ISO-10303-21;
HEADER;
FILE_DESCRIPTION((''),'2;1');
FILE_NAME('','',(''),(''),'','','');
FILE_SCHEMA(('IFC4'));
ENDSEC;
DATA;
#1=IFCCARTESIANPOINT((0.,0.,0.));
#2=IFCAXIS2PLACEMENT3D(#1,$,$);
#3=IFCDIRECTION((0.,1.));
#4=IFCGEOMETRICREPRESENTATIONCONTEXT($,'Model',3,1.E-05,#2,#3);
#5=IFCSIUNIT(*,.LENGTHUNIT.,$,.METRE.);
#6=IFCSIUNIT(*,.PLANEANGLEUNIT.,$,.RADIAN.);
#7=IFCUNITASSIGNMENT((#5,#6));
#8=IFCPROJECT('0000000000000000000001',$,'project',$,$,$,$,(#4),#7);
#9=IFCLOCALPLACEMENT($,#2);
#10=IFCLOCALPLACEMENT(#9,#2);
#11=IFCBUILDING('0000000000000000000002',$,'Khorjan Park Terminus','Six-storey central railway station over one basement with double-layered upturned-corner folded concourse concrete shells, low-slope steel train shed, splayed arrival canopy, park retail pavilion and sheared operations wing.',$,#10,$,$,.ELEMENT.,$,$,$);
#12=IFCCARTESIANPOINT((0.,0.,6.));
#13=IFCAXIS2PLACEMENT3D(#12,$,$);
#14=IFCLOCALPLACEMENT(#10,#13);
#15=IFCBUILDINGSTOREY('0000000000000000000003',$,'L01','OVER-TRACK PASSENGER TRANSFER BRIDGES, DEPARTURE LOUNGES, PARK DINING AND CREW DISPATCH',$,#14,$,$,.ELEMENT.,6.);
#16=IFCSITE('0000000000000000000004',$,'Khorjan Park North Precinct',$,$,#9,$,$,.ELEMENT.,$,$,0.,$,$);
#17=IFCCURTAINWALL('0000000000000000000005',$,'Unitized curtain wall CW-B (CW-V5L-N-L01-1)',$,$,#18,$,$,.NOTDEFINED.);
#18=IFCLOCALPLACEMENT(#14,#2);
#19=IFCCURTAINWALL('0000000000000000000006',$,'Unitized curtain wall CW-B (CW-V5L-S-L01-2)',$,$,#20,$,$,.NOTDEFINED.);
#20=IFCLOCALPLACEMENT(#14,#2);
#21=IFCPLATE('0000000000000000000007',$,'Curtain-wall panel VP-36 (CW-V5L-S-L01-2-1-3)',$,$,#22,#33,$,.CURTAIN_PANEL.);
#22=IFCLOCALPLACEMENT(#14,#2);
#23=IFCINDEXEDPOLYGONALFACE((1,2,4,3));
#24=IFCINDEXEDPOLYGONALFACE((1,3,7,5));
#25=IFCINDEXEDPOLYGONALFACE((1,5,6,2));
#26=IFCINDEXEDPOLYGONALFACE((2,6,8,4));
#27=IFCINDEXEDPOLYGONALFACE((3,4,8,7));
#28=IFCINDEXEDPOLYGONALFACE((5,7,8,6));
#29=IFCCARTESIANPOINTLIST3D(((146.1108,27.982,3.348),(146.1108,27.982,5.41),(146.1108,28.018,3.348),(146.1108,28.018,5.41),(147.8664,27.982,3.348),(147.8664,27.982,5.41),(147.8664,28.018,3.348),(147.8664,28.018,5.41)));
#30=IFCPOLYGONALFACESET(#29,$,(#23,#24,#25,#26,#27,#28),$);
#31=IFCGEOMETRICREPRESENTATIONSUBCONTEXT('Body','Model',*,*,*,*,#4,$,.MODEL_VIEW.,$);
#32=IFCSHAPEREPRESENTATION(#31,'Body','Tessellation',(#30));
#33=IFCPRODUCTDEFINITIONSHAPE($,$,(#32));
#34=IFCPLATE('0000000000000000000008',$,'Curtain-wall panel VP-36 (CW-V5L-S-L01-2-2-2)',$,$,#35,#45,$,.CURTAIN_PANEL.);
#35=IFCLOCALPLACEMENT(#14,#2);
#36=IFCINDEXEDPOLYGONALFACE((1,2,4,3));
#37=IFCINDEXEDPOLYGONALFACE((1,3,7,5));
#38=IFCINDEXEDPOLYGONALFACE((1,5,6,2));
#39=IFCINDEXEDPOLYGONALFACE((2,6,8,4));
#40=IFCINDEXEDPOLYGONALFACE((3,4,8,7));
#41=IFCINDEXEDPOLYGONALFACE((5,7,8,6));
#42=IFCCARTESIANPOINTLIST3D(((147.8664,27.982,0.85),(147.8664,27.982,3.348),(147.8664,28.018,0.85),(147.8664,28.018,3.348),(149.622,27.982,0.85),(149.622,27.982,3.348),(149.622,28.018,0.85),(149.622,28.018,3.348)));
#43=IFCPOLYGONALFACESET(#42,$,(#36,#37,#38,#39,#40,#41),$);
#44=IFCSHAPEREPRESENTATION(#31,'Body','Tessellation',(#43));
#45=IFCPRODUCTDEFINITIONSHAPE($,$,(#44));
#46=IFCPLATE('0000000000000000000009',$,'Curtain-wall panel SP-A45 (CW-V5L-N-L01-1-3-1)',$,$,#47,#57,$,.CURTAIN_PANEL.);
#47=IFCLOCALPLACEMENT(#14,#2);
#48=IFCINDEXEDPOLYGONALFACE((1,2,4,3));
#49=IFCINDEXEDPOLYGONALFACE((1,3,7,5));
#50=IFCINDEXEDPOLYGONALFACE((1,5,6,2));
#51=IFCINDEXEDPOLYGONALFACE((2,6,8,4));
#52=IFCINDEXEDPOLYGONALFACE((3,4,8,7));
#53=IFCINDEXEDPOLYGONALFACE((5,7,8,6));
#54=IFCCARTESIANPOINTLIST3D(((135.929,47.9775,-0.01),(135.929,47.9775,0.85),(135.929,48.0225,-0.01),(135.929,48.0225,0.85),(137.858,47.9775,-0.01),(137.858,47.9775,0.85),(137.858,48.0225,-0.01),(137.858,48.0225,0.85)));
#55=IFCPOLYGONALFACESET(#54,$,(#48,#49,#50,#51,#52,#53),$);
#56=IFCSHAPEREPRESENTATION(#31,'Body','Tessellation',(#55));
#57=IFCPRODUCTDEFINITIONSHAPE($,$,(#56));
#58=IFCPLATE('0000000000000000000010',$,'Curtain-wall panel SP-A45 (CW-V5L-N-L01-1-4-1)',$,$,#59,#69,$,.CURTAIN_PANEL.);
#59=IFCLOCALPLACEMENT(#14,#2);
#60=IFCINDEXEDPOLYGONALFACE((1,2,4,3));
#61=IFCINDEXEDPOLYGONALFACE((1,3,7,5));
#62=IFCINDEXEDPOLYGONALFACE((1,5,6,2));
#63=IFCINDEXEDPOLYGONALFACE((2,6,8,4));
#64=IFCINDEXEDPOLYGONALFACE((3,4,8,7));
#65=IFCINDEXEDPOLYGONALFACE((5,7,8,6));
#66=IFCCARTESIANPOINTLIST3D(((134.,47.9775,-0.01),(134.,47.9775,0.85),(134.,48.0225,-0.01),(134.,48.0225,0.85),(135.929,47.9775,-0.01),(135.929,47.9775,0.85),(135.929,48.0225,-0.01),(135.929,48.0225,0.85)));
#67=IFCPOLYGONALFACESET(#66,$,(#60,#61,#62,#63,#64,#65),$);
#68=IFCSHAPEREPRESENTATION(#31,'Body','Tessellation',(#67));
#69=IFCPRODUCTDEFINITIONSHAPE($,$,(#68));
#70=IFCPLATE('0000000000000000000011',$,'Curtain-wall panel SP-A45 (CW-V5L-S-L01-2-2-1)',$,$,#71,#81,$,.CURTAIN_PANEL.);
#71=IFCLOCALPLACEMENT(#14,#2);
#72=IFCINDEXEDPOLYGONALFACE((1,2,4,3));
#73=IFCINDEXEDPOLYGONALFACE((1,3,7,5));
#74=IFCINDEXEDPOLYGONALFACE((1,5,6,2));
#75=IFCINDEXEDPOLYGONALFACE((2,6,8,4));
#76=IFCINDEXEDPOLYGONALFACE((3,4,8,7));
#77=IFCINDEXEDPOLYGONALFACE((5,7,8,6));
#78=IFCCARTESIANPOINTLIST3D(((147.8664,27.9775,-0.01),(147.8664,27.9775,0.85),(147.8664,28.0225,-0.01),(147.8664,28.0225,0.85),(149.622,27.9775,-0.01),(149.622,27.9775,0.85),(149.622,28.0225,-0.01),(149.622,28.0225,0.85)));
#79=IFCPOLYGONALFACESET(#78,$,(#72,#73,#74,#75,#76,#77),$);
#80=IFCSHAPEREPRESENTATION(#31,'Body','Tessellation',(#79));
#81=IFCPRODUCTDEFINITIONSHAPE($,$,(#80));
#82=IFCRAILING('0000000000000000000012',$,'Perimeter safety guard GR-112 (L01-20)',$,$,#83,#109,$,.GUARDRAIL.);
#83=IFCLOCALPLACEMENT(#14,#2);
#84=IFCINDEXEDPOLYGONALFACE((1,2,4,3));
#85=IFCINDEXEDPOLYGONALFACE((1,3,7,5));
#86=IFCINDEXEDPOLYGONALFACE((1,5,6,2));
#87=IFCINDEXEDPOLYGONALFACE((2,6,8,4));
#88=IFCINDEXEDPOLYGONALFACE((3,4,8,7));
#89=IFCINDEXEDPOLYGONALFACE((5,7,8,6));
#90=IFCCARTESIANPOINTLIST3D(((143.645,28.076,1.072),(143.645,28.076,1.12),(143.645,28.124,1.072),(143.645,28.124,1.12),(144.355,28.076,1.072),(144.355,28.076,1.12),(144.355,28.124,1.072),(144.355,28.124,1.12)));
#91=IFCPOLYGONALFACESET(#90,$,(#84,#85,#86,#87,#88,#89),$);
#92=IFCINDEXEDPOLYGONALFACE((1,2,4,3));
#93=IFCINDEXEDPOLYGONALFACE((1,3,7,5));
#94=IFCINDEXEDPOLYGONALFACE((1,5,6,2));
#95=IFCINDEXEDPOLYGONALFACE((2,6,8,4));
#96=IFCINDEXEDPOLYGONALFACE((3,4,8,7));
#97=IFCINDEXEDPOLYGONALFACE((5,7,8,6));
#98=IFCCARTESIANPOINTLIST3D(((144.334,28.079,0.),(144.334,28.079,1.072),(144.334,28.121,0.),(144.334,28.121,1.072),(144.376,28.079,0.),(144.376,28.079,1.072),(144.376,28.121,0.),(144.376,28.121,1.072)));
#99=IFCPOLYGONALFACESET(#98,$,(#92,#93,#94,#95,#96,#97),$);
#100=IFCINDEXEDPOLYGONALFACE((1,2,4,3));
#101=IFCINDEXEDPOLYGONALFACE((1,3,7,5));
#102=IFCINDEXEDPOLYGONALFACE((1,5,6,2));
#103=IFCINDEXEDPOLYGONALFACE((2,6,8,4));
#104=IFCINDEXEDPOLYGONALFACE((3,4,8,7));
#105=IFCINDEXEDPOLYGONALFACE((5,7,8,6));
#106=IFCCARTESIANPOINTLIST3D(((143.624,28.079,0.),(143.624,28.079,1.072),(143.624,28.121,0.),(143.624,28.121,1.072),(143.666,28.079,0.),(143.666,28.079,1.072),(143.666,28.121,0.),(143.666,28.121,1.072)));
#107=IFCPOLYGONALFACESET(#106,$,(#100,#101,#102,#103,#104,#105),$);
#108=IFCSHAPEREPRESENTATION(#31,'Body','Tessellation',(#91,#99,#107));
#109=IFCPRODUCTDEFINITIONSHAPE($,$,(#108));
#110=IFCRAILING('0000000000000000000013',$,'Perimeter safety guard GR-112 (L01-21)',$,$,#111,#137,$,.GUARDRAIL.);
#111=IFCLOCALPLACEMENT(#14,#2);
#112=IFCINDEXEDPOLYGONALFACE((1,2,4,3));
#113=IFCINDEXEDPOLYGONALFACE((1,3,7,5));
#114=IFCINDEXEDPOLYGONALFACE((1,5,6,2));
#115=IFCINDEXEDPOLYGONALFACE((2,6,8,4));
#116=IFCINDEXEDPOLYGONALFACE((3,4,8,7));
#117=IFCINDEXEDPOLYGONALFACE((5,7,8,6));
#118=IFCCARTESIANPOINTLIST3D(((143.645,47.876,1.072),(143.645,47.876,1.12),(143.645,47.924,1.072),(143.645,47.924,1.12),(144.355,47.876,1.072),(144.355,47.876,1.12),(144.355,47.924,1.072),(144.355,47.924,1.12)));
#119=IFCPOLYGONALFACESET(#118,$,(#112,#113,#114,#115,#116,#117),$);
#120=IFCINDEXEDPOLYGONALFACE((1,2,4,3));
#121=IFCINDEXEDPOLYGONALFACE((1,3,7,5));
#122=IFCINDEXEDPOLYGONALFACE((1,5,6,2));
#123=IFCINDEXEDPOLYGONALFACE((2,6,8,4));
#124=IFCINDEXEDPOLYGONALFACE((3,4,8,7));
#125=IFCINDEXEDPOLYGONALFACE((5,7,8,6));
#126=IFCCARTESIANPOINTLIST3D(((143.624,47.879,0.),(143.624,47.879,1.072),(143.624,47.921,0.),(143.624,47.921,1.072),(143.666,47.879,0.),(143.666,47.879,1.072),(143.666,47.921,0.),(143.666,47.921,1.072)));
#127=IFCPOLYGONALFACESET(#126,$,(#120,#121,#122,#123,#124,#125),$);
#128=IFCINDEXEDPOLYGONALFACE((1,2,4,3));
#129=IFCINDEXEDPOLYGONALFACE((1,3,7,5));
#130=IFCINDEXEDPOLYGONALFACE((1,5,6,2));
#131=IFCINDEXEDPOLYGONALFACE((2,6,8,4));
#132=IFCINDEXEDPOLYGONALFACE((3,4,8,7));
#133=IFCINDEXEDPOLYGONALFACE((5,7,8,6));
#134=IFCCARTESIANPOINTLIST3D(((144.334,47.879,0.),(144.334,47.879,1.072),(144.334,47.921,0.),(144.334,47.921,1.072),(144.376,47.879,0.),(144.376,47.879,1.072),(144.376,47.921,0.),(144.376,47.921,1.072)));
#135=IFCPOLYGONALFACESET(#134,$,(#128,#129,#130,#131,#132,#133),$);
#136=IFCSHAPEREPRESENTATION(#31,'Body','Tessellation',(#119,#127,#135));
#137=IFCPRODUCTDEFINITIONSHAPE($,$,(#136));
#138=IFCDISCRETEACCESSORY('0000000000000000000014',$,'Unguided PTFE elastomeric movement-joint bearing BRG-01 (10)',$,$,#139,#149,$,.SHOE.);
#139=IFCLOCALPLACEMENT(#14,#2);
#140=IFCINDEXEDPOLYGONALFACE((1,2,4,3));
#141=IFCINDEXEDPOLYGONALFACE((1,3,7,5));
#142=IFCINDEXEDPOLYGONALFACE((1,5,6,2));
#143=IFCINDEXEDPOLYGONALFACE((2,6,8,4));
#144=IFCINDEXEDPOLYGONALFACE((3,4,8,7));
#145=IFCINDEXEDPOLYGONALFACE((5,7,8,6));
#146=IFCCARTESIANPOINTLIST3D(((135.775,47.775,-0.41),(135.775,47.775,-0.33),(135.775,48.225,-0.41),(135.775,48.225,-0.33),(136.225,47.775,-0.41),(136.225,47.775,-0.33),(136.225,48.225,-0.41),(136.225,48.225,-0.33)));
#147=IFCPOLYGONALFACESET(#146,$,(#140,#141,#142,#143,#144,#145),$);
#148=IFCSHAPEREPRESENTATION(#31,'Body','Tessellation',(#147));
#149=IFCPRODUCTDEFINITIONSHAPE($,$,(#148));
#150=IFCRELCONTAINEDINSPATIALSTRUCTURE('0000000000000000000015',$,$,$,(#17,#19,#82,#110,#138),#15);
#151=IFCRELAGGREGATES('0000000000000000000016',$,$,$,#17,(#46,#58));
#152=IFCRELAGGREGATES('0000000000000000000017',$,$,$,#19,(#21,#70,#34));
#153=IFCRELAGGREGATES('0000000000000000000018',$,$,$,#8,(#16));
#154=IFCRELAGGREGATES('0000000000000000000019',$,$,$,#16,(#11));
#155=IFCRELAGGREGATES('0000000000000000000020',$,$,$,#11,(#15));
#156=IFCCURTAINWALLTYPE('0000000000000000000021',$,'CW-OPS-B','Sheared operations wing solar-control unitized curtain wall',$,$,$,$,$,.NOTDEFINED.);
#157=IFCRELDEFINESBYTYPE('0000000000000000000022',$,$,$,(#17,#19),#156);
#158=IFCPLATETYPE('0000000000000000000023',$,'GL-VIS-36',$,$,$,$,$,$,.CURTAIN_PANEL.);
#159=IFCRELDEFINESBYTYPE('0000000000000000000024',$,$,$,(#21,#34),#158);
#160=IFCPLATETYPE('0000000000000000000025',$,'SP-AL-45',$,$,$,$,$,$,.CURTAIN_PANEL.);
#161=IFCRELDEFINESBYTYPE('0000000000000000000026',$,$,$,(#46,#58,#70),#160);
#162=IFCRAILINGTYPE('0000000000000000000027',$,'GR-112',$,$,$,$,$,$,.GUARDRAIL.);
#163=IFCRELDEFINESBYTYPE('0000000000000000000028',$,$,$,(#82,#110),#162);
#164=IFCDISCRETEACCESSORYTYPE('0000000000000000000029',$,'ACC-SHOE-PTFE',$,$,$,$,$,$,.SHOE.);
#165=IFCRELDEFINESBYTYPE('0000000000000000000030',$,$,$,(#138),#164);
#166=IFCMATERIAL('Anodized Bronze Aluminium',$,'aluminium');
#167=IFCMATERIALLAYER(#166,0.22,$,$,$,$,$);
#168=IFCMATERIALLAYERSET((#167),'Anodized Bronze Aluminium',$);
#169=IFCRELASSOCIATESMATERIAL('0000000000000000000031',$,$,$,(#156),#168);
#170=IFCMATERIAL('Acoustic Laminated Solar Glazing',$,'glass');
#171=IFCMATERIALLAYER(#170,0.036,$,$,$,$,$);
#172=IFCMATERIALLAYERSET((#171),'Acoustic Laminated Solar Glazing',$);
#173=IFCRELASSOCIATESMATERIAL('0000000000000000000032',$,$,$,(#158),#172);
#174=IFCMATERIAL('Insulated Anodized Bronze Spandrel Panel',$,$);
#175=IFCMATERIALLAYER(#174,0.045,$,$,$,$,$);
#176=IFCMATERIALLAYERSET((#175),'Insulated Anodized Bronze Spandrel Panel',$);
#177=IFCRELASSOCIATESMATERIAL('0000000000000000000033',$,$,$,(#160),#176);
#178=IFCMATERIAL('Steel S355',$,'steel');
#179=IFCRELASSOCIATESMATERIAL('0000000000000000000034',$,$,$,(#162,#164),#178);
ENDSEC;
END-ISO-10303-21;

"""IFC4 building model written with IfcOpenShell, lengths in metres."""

from ifc_helpers import new_model, si_unit, direction, frame, origin, origin_2d, place, context, subcontext, project, spatial, rectangle, extrude, material, layer, layer_set, type_object, element, aggregate, save


model = new_model("IFC4")

# Units and contexts
model_context = context("Model", 3, precision=1e-05, world=origin(), true_north=direction((0.0, 1.0)))
body_context = subcontext(model_context, "Body", "Model", "MODEL_VIEW")
ifc_project = project(units=[si_unit("LENGTHUNIT", "METRE"), si_unit("PLANEANGLEUNIT", "RADIAN")], contexts=[model_context])

# Site, building, storey
site_placement = place(None, origin())
site = spatial("IfcSite", under=ifc_project, at=site_placement, Name="Khorjan Park North Precinct", CompositionType="ELEMENT", RefElevation=0.0)
building_placement = place(site_placement, origin())
building = spatial("IfcBuilding", under=site, at=building_placement, Name="Khorjan Park Terminus", Description="Six-storey central railway station over one basement with double-layered upturned-corner folded concourse concrete shells, low-slope steel train shed, splayed arrival canopy, park retail pavilion and sheared operations wing.", CompositionType="ELEMENT")
storey_placement = place(building_placement, frame((0.0, 0.0, 6.0)))
storey = spatial("IfcBuildingStorey", under=building, at=storey_placement, Name="L01", Description="OVER-TRACK PASSENGER TRANSFER BRIDGES, DEPARTURE LOUNGES, PARK DINING AND CREW DISPATCH", CompositionType="ELEMENT", Elevation=6.0)

# Shared definitions
ifc_material_1 = material(Name="Steel S355", Category="steel")

# Curtain walls
ifc_material_2 = material(Name="Anodized Bronze Aluminium", Category="aluminium")
ifc_layer_1 = layer(ifc_material_2, 0.22)
ifc_layer_set_1 = layer_set([ifc_layer_1], Name="Anodized Bronze Aluminium")
curtain_wall_type_1 = type_object("IfcCurtainWallType", Name="CW-OPS-B", Description="Sheared operations wing solar-control unitized curtain wall", PredefinedType="NOTDEFINED", material=ifc_layer_set_1)
curtain_wall_1_placement = place(storey_placement, origin())
curtain_wall_1 = element("IfcCurtainWall", 1, at=curtain_wall_1_placement, inside=storey, type_object=curtain_wall_type_1, Name="Unitized curtain wall CW-B (CW-V5L-N-L01-1)", PredefinedType="NOTDEFINED")
curtain_wall_2_placement = place(storey_placement, origin())
curtain_wall_2 = element("IfcCurtainWall", 2, at=curtain_wall_2_placement, inside=storey, type_object=curtain_wall_type_1, Name="Unitized curtain wall CW-B (CW-V5L-S-L01-2)", PredefinedType="NOTDEFINED")

# Plates
ifc_material_3 = material(Name="Acoustic Laminated Solar Glazing", Category="glass")
ifc_layer_2 = layer(ifc_material_3, 0.036)
ifc_layer_set_2 = layer_set([ifc_layer_2], Name="Acoustic Laminated Solar Glazing")
plate_type_1 = type_object("IfcPlateType", Name="GL-VIS-36", PredefinedType="CURTAIN_PANEL", material=ifc_layer_set_2)
plate_1_placement = place(storey_placement, frame((146.9886, 28.0, 3.348), z_axis=(0.0, 0.0, 1.0), x_axis=(1.0, 0.0, 0.0)))
plate_1 = element("IfcPlate", 3, at=plate_1_placement, type_object=plate_type_1, Name="Curtain-wall panel VP-36 (CW-V5L-S-L01-2-1-3)", PredefinedType="CURTAIN_PANEL", context=body_context, shape_type="SweptSolid", body=[
    extrude(rectangle(XDim=1.7557, YDim=0.036, at=origin_2d()), origin(), (0.0, 0.0, 1.0), 2.062),
])
plate_2_placement = place(storey_placement, frame((148.7442, 28.0, 0.85), z_axis=(0.0, 0.0, 1.0), x_axis=(1.0, 0.0, 0.0)))
plate_2 = element("IfcPlate", 4, at=plate_2_placement, type_object=plate_type_1, Name="Curtain-wall panel VP-36 (CW-V5L-S-L01-2-2-2)", PredefinedType="CURTAIN_PANEL", context=body_context, shape_type="SweptSolid", body=[
    extrude(rectangle(XDim=1.7557, YDim=0.036, at=origin_2d()), origin(), (0.0, 0.0, 1.0), 2.498),
])
ifc_material_4 = material(Name="Insulated Anodized Bronze Spandrel Panel")
ifc_layer_3 = layer(ifc_material_4, 0.045)
ifc_layer_set_3 = layer_set([ifc_layer_3], Name="Insulated Anodized Bronze Spandrel Panel")
plate_type_2 = type_object("IfcPlateType", Name="SP-AL-45", PredefinedType="CURTAIN_PANEL", material=ifc_layer_set_3)
plate_3_placement = place(storey_placement, frame((136.8935, 48.0, -0.01), z_axis=(0.0, 0.0, 1.0), x_axis=(-1.0, 0.0, 0.0)))
plate_3 = element("IfcPlate", 5, at=plate_3_placement, type_object=plate_type_2, Name="Curtain-wall panel SP-A45 (CW-V5L-N-L01-1-3-1)", PredefinedType="CURTAIN_PANEL", context=body_context, shape_type="SweptSolid", body=[
    extrude(rectangle(XDim=1.929, YDim=0.045, at=origin_2d()), origin(), (0.0, 0.0, 1.0), 0.86),
])
plate_4_placement = place(storey_placement, frame((134.9645, 48.0, -0.01), z_axis=(0.0, 0.0, 1.0), x_axis=(-1.0, 0.0, 0.0)))
plate_4 = element("IfcPlate", 6, at=plate_4_placement, type_object=plate_type_2, Name="Curtain-wall panel SP-A45 (CW-V5L-N-L01-1-4-1)", PredefinedType="CURTAIN_PANEL", context=body_context, shape_type="SweptSolid", body=[
    extrude(rectangle(XDim=1.929, YDim=0.045, at=origin_2d()), origin(), (0.0, 0.0, 1.0), 0.86),
])
aggregate(curtain_wall_1, [plate_3, plate_4])
plate_5_placement = place(storey_placement, frame((148.7442, 28.0, -0.01), z_axis=(0.0, 0.0, 1.0), x_axis=(1.0, 0.0, 0.0)))
plate_5 = element("IfcPlate", 7, at=plate_5_placement, type_object=plate_type_2, Name="Curtain-wall panel SP-A45 (CW-V5L-S-L01-2-2-1)", PredefinedType="CURTAIN_PANEL", context=body_context, shape_type="SweptSolid", body=[
    extrude(rectangle(XDim=1.7557, YDim=0.045, at=origin_2d()), origin(), (0.0, 0.0, 1.0), 0.86),
])
aggregate(curtain_wall_2, [plate_1, plate_5, plate_2])

# Railings
railing_type = type_object("IfcRailingType", Name="GR-112", PredefinedType="GUARDRAIL", material=ifc_material_1)
railing_1_placement = place(storey_placement, frame((144.355, 28.1, 0.0)))
element("IfcRailing", 8, at=railing_1_placement, inside=storey, type_object=railing_type, Name="Perimeter safety guard GR-112 (L01-20)", PredefinedType="GUARDRAIL", context=body_context, shape_type="SweptSolid", body=[
    extrude(rectangle(XDim=0.048, YDim=0.048, at=origin_2d()), frame((0.0, 0.0, 1.096), z_axis=(-1.0, 0.0, 0.0), x_axis=(0.0, -1.0, 0.0)), (0.0, 0.0, 1.0), 0.71),
    extrude(rectangle(XDim=0.042, YDim=0.042, at=origin_2d()), origin(), (0.0, 0.0, 1.0), 1.072),
    extrude(rectangle(XDim=0.042, YDim=0.042, at=origin_2d()), frame((-0.71, 0.0, 0.0)), (0.0, 0.0, 1.0), 1.072),
])
railing_2_placement = place(storey_placement, frame((143.645, 47.9, 0.0)))
element("IfcRailing", 9, at=railing_2_placement, inside=storey, type_object=railing_type, Name="Perimeter safety guard GR-112 (L01-21)", PredefinedType="GUARDRAIL", context=body_context, shape_type="SweptSolid", body=[
    extrude(rectangle(XDim=0.048, YDim=0.048, at=origin_2d()), frame((0.0, 0.0, 1.096), z_axis=(1.0, 0.0, 0.0), x_axis=(0.0, 1.0, 0.0)), (0.0, 0.0, 1.0), 0.71),
    extrude(rectangle(XDim=0.042, YDim=0.042, at=origin_2d()), origin(), (0.0, 0.0, 1.0), 1.072),
    extrude(rectangle(XDim=0.042, YDim=0.042, at=origin_2d()), frame((0.71, 0.0, 0.0)), (0.0, 0.0, 1.0), 1.072),
])

# Discrete accessory
discrete_accessory_type = type_object("IfcDiscreteAccessoryType", Name="ACC-SHOE-PTFE", PredefinedType="SHOE", material=ifc_material_1)
discrete_accessory_placement = place(storey_placement, frame((136.0, 48.0, -0.41), z_axis=(0.0, 0.0, 1.0), x_axis=(1.0, 0.0, 0.0)))
element("IfcDiscreteAccessory", 10, at=discrete_accessory_placement, inside=storey, type_object=discrete_accessory_type, Name="Unguided PTFE elastomeric movement-joint bearing BRG-01 (10)", PredefinedType="SHOE", context=body_context, shape_type="SweptSolid", body=[
    extrude(rectangle(XDim=0.45, YDim=0.45, at=origin_2d()), origin(), (0.0, 0.0, 1.0), 0.08),
])

save(model, "model.ifc")
